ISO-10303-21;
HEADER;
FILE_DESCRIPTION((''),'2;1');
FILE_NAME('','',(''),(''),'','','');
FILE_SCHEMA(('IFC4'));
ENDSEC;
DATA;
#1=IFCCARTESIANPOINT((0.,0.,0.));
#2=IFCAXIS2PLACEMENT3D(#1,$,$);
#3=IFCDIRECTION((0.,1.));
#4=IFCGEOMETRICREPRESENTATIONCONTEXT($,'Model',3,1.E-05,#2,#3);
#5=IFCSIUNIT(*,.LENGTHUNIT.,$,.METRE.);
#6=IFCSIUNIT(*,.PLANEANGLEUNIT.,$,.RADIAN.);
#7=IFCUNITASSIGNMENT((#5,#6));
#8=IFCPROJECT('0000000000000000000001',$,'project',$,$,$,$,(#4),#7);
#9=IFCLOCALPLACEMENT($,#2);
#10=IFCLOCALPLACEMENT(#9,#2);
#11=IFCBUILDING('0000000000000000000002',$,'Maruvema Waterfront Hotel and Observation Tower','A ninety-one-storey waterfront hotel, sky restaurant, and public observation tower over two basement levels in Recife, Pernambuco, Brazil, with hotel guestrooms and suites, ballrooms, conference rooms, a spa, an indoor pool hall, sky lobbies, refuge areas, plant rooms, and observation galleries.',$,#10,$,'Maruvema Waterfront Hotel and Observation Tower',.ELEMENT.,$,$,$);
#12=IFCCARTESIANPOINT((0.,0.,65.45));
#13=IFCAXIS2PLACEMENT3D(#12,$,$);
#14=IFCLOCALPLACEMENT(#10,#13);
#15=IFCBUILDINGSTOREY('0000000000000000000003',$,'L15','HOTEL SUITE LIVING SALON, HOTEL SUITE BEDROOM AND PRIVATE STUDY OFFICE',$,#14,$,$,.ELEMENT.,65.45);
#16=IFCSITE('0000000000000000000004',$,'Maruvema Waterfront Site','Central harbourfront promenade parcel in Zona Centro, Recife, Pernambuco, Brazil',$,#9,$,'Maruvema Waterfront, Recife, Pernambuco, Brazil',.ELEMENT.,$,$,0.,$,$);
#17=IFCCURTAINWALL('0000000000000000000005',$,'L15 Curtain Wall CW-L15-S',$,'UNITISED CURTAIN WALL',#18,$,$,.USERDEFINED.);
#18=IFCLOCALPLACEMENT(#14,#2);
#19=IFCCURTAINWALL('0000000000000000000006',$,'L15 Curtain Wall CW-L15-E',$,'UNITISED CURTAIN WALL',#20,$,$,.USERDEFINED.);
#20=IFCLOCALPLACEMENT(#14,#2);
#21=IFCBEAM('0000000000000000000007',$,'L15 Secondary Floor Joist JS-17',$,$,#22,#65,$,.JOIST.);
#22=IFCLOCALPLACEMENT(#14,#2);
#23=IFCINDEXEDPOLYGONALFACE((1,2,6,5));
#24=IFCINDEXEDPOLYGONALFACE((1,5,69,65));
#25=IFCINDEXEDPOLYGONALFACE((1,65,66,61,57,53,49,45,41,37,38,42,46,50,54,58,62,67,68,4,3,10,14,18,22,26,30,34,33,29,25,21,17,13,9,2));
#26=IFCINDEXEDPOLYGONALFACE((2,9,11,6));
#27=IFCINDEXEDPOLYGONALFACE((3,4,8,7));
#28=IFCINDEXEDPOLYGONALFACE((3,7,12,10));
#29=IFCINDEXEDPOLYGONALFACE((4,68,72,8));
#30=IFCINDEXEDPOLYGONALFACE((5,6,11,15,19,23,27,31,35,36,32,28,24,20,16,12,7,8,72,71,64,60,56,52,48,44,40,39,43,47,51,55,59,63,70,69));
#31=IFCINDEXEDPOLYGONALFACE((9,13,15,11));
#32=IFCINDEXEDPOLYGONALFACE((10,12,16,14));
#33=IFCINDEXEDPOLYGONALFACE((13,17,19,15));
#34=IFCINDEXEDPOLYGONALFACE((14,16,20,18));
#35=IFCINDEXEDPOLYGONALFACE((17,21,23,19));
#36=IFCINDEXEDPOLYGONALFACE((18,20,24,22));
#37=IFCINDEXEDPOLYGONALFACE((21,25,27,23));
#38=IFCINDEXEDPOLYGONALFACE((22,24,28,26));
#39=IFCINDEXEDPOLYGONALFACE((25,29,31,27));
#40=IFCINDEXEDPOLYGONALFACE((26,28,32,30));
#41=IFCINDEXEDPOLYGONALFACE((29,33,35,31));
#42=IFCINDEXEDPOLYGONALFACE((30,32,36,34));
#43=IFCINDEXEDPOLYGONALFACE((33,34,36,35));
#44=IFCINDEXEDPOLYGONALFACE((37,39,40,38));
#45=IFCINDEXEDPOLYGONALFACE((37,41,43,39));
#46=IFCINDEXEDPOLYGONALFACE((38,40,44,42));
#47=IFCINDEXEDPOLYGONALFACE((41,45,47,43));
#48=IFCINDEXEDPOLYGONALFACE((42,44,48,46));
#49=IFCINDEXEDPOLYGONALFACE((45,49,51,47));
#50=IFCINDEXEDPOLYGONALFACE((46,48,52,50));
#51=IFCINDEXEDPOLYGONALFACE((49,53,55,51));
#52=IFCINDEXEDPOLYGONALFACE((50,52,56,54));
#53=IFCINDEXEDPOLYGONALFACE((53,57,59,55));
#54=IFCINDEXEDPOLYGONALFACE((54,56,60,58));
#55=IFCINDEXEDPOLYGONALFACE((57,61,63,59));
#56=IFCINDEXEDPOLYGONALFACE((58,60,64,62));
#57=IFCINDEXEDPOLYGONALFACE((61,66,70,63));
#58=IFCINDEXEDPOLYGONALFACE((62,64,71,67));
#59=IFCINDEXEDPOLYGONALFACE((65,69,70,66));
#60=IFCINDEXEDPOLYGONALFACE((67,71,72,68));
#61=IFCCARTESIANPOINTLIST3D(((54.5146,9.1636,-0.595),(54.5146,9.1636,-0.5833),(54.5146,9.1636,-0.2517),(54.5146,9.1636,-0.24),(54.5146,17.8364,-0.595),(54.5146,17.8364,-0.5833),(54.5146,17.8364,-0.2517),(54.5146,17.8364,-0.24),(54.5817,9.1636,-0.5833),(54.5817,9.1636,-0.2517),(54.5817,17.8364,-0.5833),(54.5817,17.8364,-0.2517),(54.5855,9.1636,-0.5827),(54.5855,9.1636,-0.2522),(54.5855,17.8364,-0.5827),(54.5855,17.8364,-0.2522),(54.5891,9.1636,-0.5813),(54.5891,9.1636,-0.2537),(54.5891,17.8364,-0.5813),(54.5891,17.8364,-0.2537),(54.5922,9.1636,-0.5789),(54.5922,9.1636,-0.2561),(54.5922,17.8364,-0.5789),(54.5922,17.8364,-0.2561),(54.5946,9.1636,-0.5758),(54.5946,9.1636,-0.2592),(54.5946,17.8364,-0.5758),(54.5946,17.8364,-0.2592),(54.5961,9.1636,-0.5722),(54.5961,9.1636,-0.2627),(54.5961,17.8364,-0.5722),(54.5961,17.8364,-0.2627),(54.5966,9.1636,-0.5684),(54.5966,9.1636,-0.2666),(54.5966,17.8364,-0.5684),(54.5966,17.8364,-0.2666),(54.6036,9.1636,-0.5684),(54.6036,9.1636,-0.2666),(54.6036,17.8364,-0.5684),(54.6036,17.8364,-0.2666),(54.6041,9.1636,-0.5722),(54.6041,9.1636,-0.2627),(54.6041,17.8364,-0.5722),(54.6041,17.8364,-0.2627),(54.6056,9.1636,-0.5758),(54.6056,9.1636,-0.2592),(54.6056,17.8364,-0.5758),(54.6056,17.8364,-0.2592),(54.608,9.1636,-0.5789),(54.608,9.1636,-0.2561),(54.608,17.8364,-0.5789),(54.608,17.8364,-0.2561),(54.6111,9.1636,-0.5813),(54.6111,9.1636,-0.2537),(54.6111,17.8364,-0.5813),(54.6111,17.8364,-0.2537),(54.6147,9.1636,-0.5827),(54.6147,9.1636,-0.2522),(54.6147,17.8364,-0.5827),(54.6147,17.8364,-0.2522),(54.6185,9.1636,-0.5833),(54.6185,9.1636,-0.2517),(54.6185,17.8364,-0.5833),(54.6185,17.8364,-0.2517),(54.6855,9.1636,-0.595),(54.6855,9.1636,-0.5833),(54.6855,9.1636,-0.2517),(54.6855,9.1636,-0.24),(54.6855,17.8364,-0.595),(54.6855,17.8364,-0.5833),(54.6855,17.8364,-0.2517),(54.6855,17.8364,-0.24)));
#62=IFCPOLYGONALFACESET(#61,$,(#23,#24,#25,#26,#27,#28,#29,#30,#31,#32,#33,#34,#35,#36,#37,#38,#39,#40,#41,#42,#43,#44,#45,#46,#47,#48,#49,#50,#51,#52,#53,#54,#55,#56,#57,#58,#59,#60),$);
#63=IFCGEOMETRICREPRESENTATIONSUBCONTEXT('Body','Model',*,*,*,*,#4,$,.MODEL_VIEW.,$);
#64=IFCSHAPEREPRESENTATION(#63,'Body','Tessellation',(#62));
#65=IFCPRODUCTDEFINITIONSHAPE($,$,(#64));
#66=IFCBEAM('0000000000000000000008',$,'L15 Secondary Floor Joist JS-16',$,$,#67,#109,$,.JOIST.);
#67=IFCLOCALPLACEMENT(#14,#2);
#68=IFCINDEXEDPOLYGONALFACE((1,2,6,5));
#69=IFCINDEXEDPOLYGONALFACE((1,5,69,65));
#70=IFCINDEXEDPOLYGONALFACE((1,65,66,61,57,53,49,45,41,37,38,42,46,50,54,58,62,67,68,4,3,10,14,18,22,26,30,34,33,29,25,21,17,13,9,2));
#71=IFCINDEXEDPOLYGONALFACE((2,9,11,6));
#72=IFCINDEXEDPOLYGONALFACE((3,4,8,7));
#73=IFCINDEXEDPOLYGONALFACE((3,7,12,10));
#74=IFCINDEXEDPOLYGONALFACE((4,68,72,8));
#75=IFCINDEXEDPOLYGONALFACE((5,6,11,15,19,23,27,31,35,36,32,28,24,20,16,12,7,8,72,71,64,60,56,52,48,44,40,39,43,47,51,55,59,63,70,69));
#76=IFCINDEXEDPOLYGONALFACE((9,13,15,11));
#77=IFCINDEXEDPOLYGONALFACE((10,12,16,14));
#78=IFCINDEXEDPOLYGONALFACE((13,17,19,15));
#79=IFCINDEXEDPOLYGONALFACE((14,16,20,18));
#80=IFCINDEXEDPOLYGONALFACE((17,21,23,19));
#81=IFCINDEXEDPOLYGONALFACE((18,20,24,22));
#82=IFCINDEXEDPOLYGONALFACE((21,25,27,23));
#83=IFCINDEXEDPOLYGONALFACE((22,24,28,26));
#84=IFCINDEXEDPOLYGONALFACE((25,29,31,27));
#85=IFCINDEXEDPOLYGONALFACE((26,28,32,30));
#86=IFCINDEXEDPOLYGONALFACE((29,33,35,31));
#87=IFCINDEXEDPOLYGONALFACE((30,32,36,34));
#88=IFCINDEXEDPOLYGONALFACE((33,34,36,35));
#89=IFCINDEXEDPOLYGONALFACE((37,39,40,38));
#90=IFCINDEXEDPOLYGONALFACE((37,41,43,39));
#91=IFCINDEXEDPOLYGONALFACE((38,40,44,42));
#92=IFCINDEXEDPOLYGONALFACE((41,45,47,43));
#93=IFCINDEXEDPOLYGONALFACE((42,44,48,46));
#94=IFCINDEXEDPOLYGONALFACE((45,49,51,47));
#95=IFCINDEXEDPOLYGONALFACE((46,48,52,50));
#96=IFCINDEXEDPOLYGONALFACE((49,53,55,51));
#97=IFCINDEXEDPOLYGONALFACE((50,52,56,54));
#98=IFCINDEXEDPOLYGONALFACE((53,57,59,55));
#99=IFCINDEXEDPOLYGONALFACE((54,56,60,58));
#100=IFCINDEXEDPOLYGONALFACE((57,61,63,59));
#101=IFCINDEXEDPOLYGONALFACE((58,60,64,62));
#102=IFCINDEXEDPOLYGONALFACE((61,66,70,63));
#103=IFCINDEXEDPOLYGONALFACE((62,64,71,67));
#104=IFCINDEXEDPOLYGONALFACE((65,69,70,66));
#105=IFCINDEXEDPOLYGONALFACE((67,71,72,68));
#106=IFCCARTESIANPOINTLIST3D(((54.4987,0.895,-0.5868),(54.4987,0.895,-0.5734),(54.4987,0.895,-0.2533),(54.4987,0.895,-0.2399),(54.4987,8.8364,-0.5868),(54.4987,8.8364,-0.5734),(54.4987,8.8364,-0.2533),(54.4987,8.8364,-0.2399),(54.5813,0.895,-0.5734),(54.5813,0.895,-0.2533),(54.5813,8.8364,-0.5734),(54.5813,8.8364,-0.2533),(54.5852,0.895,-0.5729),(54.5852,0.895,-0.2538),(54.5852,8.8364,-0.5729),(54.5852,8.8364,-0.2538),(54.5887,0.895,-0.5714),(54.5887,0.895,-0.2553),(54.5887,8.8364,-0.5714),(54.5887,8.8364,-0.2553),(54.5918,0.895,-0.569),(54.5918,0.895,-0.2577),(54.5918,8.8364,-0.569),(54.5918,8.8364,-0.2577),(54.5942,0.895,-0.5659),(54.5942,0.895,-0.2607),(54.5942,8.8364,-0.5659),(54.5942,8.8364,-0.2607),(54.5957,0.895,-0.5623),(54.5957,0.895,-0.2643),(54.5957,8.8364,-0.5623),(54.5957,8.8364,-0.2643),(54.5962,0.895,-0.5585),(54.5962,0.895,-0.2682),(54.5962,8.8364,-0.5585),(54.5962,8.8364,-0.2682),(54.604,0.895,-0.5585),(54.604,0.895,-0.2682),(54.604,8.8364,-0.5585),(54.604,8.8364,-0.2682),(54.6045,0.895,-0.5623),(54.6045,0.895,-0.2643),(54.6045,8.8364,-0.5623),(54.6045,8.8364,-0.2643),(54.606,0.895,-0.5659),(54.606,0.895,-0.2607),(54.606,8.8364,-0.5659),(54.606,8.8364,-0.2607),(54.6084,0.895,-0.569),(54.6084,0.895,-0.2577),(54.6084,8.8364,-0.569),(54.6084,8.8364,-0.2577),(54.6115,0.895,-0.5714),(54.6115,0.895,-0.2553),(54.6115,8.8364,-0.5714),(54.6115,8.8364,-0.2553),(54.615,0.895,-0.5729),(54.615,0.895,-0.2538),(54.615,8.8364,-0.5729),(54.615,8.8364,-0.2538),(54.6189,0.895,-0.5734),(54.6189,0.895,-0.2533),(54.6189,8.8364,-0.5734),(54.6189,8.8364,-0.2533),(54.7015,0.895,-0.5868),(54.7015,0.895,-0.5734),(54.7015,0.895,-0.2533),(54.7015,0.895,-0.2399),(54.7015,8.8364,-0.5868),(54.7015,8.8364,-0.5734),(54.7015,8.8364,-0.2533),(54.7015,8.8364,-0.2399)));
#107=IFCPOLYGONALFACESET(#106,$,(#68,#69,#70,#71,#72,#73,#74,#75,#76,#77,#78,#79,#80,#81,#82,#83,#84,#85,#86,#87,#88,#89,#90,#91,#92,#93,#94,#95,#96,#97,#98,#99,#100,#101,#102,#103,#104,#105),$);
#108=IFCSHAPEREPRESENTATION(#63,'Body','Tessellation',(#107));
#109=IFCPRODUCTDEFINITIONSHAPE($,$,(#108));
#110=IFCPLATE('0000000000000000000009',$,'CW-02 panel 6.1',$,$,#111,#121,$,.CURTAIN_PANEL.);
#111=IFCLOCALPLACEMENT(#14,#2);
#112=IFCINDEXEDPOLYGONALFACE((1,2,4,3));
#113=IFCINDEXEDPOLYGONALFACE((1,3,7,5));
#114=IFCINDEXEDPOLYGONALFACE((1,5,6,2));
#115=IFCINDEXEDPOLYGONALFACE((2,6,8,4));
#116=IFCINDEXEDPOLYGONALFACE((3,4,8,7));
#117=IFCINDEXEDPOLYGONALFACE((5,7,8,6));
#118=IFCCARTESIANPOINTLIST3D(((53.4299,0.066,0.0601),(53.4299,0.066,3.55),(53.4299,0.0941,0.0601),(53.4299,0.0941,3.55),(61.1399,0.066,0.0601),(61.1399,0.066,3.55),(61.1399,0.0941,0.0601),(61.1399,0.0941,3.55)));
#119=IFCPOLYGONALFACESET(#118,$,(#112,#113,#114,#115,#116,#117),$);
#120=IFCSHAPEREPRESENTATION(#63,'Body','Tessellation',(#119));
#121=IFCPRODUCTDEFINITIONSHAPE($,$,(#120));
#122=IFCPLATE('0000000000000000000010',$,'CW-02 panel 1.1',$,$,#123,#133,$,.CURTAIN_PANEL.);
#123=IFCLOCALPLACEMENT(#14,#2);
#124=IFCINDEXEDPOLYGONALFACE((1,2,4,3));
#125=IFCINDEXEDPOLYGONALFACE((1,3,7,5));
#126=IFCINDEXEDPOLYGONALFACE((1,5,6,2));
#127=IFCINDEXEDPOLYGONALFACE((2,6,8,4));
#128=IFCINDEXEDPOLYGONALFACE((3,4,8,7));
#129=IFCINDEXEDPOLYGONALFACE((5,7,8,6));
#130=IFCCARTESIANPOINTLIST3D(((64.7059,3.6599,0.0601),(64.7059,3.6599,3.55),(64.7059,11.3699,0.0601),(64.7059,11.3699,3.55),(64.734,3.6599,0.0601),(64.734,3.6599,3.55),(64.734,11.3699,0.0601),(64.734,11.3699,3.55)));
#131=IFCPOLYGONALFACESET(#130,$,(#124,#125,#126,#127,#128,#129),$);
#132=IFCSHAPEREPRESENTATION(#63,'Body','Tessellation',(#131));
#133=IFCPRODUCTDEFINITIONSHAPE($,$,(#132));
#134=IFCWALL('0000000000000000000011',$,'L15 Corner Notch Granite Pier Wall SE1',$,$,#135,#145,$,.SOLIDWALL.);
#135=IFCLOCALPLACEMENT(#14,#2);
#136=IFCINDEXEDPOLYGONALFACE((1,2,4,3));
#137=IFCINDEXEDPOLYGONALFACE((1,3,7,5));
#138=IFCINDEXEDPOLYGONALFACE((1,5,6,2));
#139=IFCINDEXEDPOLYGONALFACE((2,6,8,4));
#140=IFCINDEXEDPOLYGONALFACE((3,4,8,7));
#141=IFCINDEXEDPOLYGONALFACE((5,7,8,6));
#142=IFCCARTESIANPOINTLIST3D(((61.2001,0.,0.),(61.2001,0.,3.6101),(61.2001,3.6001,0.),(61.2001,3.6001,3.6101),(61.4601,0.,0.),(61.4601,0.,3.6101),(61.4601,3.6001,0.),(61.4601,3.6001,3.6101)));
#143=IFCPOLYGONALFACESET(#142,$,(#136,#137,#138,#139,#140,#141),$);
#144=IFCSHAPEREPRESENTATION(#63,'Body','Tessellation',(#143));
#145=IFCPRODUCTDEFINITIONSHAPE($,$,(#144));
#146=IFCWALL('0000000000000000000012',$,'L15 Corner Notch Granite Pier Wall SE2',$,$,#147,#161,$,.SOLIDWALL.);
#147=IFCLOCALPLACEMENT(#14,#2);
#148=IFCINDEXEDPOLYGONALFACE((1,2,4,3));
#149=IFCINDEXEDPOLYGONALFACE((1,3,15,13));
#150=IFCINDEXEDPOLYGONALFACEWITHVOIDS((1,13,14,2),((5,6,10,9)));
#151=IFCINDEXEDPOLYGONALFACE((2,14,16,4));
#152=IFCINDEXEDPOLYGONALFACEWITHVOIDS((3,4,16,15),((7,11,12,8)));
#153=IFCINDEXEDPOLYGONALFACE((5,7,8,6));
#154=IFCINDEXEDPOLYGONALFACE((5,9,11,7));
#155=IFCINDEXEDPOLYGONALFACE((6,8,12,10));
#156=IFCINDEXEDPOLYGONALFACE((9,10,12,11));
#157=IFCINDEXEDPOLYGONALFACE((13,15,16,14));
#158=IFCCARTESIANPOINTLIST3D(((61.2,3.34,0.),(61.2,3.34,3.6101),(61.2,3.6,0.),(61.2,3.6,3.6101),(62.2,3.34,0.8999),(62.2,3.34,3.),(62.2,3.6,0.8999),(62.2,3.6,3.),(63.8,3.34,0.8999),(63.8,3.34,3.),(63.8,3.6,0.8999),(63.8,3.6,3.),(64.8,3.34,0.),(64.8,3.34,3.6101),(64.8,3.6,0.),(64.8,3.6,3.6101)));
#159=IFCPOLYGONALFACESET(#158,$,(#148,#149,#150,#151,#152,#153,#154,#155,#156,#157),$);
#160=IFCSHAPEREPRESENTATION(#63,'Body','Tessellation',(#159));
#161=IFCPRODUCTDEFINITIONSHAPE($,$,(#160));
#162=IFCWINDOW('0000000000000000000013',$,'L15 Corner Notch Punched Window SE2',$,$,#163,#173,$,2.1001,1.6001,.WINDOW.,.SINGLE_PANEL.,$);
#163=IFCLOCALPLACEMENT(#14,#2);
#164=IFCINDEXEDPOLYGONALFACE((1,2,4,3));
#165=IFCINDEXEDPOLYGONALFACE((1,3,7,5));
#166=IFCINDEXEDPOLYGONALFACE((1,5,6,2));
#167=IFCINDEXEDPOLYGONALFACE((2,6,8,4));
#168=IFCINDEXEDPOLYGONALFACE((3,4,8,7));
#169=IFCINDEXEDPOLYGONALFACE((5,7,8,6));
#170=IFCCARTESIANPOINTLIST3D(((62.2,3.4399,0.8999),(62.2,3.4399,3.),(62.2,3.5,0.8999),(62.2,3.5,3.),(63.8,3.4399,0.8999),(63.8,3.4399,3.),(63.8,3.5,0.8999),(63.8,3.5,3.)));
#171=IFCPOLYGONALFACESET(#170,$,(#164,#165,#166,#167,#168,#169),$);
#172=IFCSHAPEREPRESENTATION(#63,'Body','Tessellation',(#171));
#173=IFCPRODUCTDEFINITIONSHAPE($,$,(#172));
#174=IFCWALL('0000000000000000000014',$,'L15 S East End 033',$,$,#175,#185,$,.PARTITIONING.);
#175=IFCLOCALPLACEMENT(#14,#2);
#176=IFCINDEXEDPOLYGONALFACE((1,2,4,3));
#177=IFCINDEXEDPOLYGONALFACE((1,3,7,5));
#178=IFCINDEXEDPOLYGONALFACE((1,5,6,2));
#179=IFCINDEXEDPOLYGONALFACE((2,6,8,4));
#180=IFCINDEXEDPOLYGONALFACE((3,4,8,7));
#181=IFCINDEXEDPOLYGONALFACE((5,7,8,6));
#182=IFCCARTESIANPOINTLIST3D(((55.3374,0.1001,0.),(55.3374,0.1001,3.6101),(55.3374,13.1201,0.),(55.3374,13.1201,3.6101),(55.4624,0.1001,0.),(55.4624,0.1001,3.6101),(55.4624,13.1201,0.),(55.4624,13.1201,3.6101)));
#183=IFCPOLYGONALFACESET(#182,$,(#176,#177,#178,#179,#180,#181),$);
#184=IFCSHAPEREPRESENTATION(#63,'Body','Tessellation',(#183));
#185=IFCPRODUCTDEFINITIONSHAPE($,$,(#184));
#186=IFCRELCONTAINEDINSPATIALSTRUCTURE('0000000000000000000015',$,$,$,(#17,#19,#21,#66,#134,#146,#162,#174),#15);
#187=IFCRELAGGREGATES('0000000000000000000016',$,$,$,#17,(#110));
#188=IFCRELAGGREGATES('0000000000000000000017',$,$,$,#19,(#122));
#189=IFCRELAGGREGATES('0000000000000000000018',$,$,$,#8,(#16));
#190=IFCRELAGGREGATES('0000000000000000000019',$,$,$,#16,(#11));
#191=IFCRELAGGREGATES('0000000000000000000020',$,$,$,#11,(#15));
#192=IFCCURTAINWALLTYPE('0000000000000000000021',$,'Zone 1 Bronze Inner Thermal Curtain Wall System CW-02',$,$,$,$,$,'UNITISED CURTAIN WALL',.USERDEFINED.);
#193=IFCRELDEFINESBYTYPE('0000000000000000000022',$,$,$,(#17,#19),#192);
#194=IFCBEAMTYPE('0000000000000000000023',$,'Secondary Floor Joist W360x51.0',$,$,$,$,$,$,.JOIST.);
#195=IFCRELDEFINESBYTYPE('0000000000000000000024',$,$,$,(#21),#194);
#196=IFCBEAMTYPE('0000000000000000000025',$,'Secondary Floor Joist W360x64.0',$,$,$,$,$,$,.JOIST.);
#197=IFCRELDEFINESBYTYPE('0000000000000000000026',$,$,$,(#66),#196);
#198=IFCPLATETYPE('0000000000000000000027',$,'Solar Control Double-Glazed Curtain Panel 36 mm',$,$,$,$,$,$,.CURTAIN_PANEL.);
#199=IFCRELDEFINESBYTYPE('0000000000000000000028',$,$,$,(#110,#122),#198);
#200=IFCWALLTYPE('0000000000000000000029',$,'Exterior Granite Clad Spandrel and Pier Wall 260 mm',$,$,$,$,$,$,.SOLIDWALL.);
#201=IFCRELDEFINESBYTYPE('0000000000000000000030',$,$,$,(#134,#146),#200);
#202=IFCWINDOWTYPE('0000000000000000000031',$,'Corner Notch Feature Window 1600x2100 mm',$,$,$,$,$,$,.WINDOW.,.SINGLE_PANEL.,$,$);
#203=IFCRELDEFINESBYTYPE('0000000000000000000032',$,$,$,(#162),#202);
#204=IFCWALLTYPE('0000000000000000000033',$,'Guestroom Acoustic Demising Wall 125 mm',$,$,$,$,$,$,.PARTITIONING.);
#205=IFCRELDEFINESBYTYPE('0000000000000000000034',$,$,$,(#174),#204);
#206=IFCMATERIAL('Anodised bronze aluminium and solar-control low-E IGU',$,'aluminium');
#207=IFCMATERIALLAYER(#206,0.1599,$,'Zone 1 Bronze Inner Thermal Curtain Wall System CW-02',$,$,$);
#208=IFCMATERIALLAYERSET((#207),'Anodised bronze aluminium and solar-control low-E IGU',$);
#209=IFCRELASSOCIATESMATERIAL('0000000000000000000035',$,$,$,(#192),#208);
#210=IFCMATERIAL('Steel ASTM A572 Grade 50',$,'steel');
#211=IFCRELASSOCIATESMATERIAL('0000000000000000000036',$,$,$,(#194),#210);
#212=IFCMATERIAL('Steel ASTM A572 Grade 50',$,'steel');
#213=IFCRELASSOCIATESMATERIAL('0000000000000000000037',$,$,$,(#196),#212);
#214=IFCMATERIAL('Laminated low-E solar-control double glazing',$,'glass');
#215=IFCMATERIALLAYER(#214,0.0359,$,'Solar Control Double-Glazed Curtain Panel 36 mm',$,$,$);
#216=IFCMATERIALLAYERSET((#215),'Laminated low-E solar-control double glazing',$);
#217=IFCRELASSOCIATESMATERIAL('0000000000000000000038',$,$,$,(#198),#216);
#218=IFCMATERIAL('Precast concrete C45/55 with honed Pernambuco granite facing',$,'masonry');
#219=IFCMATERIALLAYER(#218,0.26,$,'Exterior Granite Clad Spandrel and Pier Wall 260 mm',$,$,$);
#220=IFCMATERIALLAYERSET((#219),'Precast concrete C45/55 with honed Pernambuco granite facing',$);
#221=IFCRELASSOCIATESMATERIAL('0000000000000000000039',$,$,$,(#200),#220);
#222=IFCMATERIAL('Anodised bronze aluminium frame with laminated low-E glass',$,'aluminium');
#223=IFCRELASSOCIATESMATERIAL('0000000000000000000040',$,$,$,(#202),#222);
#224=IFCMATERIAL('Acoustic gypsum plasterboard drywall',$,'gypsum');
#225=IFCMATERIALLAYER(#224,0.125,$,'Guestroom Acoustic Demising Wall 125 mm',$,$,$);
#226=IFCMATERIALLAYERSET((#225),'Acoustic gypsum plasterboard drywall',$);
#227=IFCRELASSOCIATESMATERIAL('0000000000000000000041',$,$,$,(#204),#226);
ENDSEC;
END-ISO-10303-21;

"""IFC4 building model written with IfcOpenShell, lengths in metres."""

from ifc_helpers import new_model, si_unit, direction, frame, frame_2d, origin, origin_2d, place, context, subcontext, project, spatial, rectangle, i_section, extrude, material, layer, layer_set, material_profile, profile_set, type_object, element, fill, aggregate, save


model = new_model("IFC4")

# Units and contexts
model_context = context("Model", 3, precision=1e-05, world=origin(), true_north=direction((0.0, 1.0)))
body_context = subcontext(model_context, "Body", "Model", "MODEL_VIEW")
ifc_project = project(units=[si_unit("LENGTHUNIT", "METRE"), si_unit("PLANEANGLEUNIT", "RADIAN")], contexts=[model_context])

# Site, building, storey
site_placement = place(None, origin())
site = spatial("IfcSite", under=ifc_project, at=site_placement, Name="Maruvema Waterfront Site", Description="Central harbourfront promenade parcel in Zona Centro, Recife, Pernambuco, Brazil", LongName="Maruvema Waterfront, Recife, Pernambuco, Brazil", CompositionType="ELEMENT", RefElevation=0.0)
building_placement = place(site_placement, origin())
building = spatial("IfcBuilding", under=site, at=building_placement, Name="Maruvema Waterfront Hotel and Observation Tower", Description="A ninety-one-storey waterfront hotel, sky restaurant, and public observation tower over two basement levels in Recife, Pernambuco, Brazil, with hotel guestrooms and suites, ballrooms, conference rooms, a spa, an indoor pool hall, sky lobbies, refuge areas, plant rooms, and observation galleries.", LongName="Maruvema Waterfront Hotel and Observation Tower", CompositionType="ELEMENT")
storey_placement = place(building_placement, frame((0.0, 0.0, 65.45)))
storey = spatial("IfcBuildingStorey", under=building, at=storey_placement, Name="L15", Description="HOTEL SUITE LIVING SALON, HOTEL SUITE BEDROOM AND PRIVATE STUDY OFFICE", CompositionType="ELEMENT", Elevation=65.45)

# Curtain walls
ifc_material_1 = material(Name="Anodised bronze aluminium and solar-control low-E IGU", Category="aluminium")
ifc_layer_1 = layer(ifc_material_1, 0.1599, Name="Zone 1 Bronze Inner Thermal Curtain Wall System CW-02")
ifc_layer_set_1 = layer_set([ifc_layer_1], Name="Anodised bronze aluminium and solar-control low-E IGU")
curtain_wall_type = type_object("IfcCurtainWallType", Name="Zone 1 Bronze Inner Thermal Curtain Wall System CW-02", ElementType="UNITISED CURTAIN WALL", PredefinedType="USERDEFINED", material=ifc_layer_set_1)
curtain_wall_1_placement = place(storey_placement, origin())
curtain_wall_1 = element("IfcCurtainWall", 1, at=curtain_wall_1_placement, inside=storey, type_object=curtain_wall_type, Name="L15 Curtain Wall CW-L15-S", ObjectType="UNITISED CURTAIN WALL", PredefinedType="USERDEFINED")
curtain_wall_2_placement = place(storey_placement, origin())
curtain_wall_2 = element("IfcCurtainWall", 2, at=curtain_wall_2_placement, inside=storey, type_object=curtain_wall_type, Name="L15 Curtain Wall CW-L15-E", ObjectType="UNITISED CURTAIN WALL", PredefinedType="USERDEFINED")

# Beams
ifc_material_2 = material(Name="Steel ASTM A572 Grade 50", Category="steel")
ifc_material_profile_1 = material_profile(ifc_material_2, i_section(OverallWidth=0.1709, OverallDepth=0.355, WebThickness=0.0071, FlangeThickness=0.0117, FilletRadius=0.0149, at=origin_2d()), Name="W360x51.0")
ifc_profile_set_1 = profile_set([ifc_material_profile_1], Name="Steel ASTM A572 Grade 50")
beam_type_1 = type_object("IfcBeamType", Name="Secondary Floor Joist W360x51.0", PredefinedType="JOIST", material=ifc_profile_set_1)
beam_1_placement = place(storey_placement, frame((54.6001, 9.1636, -0.4175), z_axis=(0.0, 1.0, 0.0), x_axis=(-1.0, 0.0, 0.0)))
element("IfcBeam", 3, at=beam_1_placement, inside=storey, type_object=beam_type_1, Name="L15 Secondary Floor Joist JS-17", PredefinedType="JOIST", context=body_context, shape_type="SweptSolid", body=[
    extrude(i_section(OverallWidth=0.1709, OverallDepth=0.355, WebThickness=0.0071, FlangeThickness=0.0117, FilletRadius=0.0149, at=origin_2d()), origin(), (0.0, 0.0, 1.0), 8.6729),
])
ifc_material_3 = material(Name="Steel ASTM A572 Grade 50", Category="steel")
ifc_material_profile_2 = material_profile(ifc_material_3, i_section(OverallWidth=0.2029, OverallDepth=0.3469, WebThickness=0.0078, FlangeThickness=0.0134, FilletRadius=0.0149, at=origin_2d()), Name="W360x64.0")
ifc_profile_set_2 = profile_set([ifc_material_profile_2], Name="Steel ASTM A572 Grade 50")
beam_type_2 = type_object("IfcBeamType", Name="Secondary Floor Joist W360x64.0", PredefinedType="JOIST", material=ifc_profile_set_2)
beam_2_placement = place(storey_placement, frame((54.6001, 0.895, -0.4133), z_axis=(0.0, 1.0, 0.0), x_axis=(-1.0, 0.0, 0.0)))
element("IfcBeam", 4, at=beam_2_placement, inside=storey, type_object=beam_type_2, Name="L15 Secondary Floor Joist JS-16", PredefinedType="JOIST", context=body_context, shape_type="SweptSolid", body=[
    extrude(i_section(OverallWidth=0.2029, OverallDepth=0.3469, WebThickness=0.0078, FlangeThickness=0.0134, FilletRadius=0.0149, at=origin_2d()), origin(), (0.0, 0.0, 1.0), 7.9414),
])

# Plates
ifc_material_4 = material(Name="Laminated low-E solar-control double glazing", Category="glass")
ifc_layer_2 = layer(ifc_material_4, 0.0359, Name="Solar Control Double-Glazed Curtain Panel 36 mm")
ifc_layer_set_2 = layer_set([ifc_layer_2], Name="Laminated low-E solar-control double glazing")
plate_type = type_object("IfcPlateType", Name="Solar Control Double-Glazed Curtain Panel 36 mm", PredefinedType="CURTAIN_PANEL", material=ifc_layer_set_2)
plate_1_placement = place(storey_placement, frame((57.2849, 0.0801, 0.0601), z_axis=(0.0, 0.0, 1.0), x_axis=(1.0, 0.0, 0.0)))
plate_1 = element("IfcPlate", 5, at=plate_1_placement, type_object=plate_type, Name="CW-02 panel 6.1", PredefinedType="CURTAIN_PANEL", context=body_context, shape_type="SweptSolid", body=[
    extrude(rectangle(XDim=7.71, YDim=0.0281, at=origin_2d()), origin(), (0.0, 0.0, 1.0), 3.49),
])
aggregate(curtain_wall_1, [plate_1])
plate_2_placement = place(storey_placement, frame((64.72, 7.5149, 0.0601), z_axis=(0.0, 0.0, 1.0), x_axis=(0.0, 1.0, 0.0)))
plate_2 = element("IfcPlate", 6, at=plate_2_placement, type_object=plate_type, Name="CW-02 panel 1.1", PredefinedType="CURTAIN_PANEL", context=body_context, shape_type="SweptSolid", body=[
    extrude(rectangle(XDim=7.71, YDim=0.0281, at=origin_2d()), origin(), (0.0, 0.0, 1.0), 3.49),
])
aggregate(curtain_wall_2, [plate_2])

# Wall
ifc_material_5 = material(Name="Precast concrete C45/55 with honed Pernambuco granite facing", Category="masonry")
ifc_layer_3 = layer(ifc_material_5, 0.26, Name="Exterior Granite Clad Spandrel and Pier Wall 260 mm")
ifc_layer_set_3 = layer_set([ifc_layer_3], Name="Precast concrete C45/55 with honed Pernambuco granite facing")
wall_type_1 = type_object("IfcWallType", Name="Exterior Granite Clad Spandrel and Pier Wall 260 mm", PredefinedType="SOLIDWALL", material=ifc_layer_set_3)
wall_1_placement = place(storey_placement, frame((61.3301, 3.6001, 0.0), z_axis=(0.0, 0.0, 1.0), x_axis=(0.0, -1.0, 0.0)))
element("IfcWall", 7, at=wall_1_placement, inside=storey, type_object=wall_type_1, Name="L15 Corner Notch Granite Pier Wall SE1", PredefinedType="SOLIDWALL", context=body_context, shape_type="SweptSolid", body=[
    extrude(rectangle(XDim=3.6001, YDim=0.26, at=frame_2d((1.8, 0.0))), origin(), (0.0, 0.0, 1.0), 3.6101),
])

# Wall, opening, window
wall_2_placement = place(storey_placement, frame((64.8, 3.47, 0.0), z_axis=(0.0, 0.0, 1.0), x_axis=(-1.0, 0.0, 0.0)))
wall_2 = element("IfcWall", 8, at=wall_2_placement, inside=storey, type_object=wall_type_1, Name="L15 Corner Notch Granite Pier Wall SE2", PredefinedType="SOLIDWALL", context=body_context, shape_type="SweptSolid", body=[
    extrude(rectangle(XDim=3.6001, YDim=0.26, at=frame_2d((1.8, 0.0))), origin(), (0.0, 0.0, 1.0), 3.6101),
])
opening_placement = place(wall_2_placement, frame((1.0, 0.0, 0.8999)))
opening = element("IfcOpeningElement", 9, at=opening_placement, cuts=wall_2, PredefinedType="OPENING", context=body_context, shape_type="SweptSolid", body=[
    extrude(rectangle(XDim=1.6001, YDim=2.1001, at=frame_2d((0.8, 1.05))), frame((0.0, 0.1401, 0.0), z_axis=(0.0, -1.0, 0.0), x_axis=(1.0, 0.0, 0.0)), (0.0, 0.0, 1.0), 0.28),
])
ifc_material_6 = material(Name="Anodised bronze aluminium frame with laminated low-E glass", Category="aluminium")
window_type = type_object("IfcWindowType", Name="Corner Notch Feature Window 1600x2100 mm", PartitioningType="SINGLE_PANEL", PredefinedType="WINDOW", material=ifc_material_6)
window_placement = place(opening_placement, origin())
window = element("IfcWindow", 10, at=window_placement, inside=storey, type_object=window_type, Name="L15 Corner Notch Punched Window SE2", OverallHeight=2.1001, OverallWidth=1.6001, PartitioningType="SINGLE_PANEL", PredefinedType="WINDOW", context=body_context, shape_type="SweptSolid", body=[
    extrude(rectangle(XDim=1.6001, YDim=2.1001, at=frame_2d((0.8, 1.05))), frame((0.0, 0.03, 0.0), z_axis=(0.0, -1.0, 0.0), x_axis=(1.0, 0.0, 0.0)), (0.0, 0.0, 1.0), 0.0601),
])
fill(opening, window)

# Wall
ifc_material_7 = material(Name="Acoustic gypsum plasterboard drywall", Category="gypsum")
ifc_layer_4 = layer(ifc_material_7, 0.125, Name="Guestroom Acoustic Demising Wall 125 mm")
ifc_layer_set_4 = layer_set([ifc_layer_4], Name="Acoustic gypsum plasterboard drywall")
wall_type_2 = type_object("IfcWallType", Name="Guestroom Acoustic Demising Wall 125 mm", PredefinedType="PARTITIONING", material=ifc_layer_set_4)
wall_3_placement = place(storey_placement, frame((55.3999, 0.1001, 0.0), z_axis=(0.0, 0.0, 1.0), x_axis=(0.0, 1.0, 0.0)))
element("IfcWall", 11, at=wall_3_placement, inside=storey, type_object=wall_type_2, Name="L15 S East End 033", PredefinedType="PARTITIONING", context=body_context, shape_type="SweptSolid", body=[
    extrude(rectangle(XDim=13.02, YDim=0.125, at=frame_2d((6.51, 0.0))), origin(), (0.0, 0.0, 1.0), 3.6101),
])

save(model, "model.ifc")
